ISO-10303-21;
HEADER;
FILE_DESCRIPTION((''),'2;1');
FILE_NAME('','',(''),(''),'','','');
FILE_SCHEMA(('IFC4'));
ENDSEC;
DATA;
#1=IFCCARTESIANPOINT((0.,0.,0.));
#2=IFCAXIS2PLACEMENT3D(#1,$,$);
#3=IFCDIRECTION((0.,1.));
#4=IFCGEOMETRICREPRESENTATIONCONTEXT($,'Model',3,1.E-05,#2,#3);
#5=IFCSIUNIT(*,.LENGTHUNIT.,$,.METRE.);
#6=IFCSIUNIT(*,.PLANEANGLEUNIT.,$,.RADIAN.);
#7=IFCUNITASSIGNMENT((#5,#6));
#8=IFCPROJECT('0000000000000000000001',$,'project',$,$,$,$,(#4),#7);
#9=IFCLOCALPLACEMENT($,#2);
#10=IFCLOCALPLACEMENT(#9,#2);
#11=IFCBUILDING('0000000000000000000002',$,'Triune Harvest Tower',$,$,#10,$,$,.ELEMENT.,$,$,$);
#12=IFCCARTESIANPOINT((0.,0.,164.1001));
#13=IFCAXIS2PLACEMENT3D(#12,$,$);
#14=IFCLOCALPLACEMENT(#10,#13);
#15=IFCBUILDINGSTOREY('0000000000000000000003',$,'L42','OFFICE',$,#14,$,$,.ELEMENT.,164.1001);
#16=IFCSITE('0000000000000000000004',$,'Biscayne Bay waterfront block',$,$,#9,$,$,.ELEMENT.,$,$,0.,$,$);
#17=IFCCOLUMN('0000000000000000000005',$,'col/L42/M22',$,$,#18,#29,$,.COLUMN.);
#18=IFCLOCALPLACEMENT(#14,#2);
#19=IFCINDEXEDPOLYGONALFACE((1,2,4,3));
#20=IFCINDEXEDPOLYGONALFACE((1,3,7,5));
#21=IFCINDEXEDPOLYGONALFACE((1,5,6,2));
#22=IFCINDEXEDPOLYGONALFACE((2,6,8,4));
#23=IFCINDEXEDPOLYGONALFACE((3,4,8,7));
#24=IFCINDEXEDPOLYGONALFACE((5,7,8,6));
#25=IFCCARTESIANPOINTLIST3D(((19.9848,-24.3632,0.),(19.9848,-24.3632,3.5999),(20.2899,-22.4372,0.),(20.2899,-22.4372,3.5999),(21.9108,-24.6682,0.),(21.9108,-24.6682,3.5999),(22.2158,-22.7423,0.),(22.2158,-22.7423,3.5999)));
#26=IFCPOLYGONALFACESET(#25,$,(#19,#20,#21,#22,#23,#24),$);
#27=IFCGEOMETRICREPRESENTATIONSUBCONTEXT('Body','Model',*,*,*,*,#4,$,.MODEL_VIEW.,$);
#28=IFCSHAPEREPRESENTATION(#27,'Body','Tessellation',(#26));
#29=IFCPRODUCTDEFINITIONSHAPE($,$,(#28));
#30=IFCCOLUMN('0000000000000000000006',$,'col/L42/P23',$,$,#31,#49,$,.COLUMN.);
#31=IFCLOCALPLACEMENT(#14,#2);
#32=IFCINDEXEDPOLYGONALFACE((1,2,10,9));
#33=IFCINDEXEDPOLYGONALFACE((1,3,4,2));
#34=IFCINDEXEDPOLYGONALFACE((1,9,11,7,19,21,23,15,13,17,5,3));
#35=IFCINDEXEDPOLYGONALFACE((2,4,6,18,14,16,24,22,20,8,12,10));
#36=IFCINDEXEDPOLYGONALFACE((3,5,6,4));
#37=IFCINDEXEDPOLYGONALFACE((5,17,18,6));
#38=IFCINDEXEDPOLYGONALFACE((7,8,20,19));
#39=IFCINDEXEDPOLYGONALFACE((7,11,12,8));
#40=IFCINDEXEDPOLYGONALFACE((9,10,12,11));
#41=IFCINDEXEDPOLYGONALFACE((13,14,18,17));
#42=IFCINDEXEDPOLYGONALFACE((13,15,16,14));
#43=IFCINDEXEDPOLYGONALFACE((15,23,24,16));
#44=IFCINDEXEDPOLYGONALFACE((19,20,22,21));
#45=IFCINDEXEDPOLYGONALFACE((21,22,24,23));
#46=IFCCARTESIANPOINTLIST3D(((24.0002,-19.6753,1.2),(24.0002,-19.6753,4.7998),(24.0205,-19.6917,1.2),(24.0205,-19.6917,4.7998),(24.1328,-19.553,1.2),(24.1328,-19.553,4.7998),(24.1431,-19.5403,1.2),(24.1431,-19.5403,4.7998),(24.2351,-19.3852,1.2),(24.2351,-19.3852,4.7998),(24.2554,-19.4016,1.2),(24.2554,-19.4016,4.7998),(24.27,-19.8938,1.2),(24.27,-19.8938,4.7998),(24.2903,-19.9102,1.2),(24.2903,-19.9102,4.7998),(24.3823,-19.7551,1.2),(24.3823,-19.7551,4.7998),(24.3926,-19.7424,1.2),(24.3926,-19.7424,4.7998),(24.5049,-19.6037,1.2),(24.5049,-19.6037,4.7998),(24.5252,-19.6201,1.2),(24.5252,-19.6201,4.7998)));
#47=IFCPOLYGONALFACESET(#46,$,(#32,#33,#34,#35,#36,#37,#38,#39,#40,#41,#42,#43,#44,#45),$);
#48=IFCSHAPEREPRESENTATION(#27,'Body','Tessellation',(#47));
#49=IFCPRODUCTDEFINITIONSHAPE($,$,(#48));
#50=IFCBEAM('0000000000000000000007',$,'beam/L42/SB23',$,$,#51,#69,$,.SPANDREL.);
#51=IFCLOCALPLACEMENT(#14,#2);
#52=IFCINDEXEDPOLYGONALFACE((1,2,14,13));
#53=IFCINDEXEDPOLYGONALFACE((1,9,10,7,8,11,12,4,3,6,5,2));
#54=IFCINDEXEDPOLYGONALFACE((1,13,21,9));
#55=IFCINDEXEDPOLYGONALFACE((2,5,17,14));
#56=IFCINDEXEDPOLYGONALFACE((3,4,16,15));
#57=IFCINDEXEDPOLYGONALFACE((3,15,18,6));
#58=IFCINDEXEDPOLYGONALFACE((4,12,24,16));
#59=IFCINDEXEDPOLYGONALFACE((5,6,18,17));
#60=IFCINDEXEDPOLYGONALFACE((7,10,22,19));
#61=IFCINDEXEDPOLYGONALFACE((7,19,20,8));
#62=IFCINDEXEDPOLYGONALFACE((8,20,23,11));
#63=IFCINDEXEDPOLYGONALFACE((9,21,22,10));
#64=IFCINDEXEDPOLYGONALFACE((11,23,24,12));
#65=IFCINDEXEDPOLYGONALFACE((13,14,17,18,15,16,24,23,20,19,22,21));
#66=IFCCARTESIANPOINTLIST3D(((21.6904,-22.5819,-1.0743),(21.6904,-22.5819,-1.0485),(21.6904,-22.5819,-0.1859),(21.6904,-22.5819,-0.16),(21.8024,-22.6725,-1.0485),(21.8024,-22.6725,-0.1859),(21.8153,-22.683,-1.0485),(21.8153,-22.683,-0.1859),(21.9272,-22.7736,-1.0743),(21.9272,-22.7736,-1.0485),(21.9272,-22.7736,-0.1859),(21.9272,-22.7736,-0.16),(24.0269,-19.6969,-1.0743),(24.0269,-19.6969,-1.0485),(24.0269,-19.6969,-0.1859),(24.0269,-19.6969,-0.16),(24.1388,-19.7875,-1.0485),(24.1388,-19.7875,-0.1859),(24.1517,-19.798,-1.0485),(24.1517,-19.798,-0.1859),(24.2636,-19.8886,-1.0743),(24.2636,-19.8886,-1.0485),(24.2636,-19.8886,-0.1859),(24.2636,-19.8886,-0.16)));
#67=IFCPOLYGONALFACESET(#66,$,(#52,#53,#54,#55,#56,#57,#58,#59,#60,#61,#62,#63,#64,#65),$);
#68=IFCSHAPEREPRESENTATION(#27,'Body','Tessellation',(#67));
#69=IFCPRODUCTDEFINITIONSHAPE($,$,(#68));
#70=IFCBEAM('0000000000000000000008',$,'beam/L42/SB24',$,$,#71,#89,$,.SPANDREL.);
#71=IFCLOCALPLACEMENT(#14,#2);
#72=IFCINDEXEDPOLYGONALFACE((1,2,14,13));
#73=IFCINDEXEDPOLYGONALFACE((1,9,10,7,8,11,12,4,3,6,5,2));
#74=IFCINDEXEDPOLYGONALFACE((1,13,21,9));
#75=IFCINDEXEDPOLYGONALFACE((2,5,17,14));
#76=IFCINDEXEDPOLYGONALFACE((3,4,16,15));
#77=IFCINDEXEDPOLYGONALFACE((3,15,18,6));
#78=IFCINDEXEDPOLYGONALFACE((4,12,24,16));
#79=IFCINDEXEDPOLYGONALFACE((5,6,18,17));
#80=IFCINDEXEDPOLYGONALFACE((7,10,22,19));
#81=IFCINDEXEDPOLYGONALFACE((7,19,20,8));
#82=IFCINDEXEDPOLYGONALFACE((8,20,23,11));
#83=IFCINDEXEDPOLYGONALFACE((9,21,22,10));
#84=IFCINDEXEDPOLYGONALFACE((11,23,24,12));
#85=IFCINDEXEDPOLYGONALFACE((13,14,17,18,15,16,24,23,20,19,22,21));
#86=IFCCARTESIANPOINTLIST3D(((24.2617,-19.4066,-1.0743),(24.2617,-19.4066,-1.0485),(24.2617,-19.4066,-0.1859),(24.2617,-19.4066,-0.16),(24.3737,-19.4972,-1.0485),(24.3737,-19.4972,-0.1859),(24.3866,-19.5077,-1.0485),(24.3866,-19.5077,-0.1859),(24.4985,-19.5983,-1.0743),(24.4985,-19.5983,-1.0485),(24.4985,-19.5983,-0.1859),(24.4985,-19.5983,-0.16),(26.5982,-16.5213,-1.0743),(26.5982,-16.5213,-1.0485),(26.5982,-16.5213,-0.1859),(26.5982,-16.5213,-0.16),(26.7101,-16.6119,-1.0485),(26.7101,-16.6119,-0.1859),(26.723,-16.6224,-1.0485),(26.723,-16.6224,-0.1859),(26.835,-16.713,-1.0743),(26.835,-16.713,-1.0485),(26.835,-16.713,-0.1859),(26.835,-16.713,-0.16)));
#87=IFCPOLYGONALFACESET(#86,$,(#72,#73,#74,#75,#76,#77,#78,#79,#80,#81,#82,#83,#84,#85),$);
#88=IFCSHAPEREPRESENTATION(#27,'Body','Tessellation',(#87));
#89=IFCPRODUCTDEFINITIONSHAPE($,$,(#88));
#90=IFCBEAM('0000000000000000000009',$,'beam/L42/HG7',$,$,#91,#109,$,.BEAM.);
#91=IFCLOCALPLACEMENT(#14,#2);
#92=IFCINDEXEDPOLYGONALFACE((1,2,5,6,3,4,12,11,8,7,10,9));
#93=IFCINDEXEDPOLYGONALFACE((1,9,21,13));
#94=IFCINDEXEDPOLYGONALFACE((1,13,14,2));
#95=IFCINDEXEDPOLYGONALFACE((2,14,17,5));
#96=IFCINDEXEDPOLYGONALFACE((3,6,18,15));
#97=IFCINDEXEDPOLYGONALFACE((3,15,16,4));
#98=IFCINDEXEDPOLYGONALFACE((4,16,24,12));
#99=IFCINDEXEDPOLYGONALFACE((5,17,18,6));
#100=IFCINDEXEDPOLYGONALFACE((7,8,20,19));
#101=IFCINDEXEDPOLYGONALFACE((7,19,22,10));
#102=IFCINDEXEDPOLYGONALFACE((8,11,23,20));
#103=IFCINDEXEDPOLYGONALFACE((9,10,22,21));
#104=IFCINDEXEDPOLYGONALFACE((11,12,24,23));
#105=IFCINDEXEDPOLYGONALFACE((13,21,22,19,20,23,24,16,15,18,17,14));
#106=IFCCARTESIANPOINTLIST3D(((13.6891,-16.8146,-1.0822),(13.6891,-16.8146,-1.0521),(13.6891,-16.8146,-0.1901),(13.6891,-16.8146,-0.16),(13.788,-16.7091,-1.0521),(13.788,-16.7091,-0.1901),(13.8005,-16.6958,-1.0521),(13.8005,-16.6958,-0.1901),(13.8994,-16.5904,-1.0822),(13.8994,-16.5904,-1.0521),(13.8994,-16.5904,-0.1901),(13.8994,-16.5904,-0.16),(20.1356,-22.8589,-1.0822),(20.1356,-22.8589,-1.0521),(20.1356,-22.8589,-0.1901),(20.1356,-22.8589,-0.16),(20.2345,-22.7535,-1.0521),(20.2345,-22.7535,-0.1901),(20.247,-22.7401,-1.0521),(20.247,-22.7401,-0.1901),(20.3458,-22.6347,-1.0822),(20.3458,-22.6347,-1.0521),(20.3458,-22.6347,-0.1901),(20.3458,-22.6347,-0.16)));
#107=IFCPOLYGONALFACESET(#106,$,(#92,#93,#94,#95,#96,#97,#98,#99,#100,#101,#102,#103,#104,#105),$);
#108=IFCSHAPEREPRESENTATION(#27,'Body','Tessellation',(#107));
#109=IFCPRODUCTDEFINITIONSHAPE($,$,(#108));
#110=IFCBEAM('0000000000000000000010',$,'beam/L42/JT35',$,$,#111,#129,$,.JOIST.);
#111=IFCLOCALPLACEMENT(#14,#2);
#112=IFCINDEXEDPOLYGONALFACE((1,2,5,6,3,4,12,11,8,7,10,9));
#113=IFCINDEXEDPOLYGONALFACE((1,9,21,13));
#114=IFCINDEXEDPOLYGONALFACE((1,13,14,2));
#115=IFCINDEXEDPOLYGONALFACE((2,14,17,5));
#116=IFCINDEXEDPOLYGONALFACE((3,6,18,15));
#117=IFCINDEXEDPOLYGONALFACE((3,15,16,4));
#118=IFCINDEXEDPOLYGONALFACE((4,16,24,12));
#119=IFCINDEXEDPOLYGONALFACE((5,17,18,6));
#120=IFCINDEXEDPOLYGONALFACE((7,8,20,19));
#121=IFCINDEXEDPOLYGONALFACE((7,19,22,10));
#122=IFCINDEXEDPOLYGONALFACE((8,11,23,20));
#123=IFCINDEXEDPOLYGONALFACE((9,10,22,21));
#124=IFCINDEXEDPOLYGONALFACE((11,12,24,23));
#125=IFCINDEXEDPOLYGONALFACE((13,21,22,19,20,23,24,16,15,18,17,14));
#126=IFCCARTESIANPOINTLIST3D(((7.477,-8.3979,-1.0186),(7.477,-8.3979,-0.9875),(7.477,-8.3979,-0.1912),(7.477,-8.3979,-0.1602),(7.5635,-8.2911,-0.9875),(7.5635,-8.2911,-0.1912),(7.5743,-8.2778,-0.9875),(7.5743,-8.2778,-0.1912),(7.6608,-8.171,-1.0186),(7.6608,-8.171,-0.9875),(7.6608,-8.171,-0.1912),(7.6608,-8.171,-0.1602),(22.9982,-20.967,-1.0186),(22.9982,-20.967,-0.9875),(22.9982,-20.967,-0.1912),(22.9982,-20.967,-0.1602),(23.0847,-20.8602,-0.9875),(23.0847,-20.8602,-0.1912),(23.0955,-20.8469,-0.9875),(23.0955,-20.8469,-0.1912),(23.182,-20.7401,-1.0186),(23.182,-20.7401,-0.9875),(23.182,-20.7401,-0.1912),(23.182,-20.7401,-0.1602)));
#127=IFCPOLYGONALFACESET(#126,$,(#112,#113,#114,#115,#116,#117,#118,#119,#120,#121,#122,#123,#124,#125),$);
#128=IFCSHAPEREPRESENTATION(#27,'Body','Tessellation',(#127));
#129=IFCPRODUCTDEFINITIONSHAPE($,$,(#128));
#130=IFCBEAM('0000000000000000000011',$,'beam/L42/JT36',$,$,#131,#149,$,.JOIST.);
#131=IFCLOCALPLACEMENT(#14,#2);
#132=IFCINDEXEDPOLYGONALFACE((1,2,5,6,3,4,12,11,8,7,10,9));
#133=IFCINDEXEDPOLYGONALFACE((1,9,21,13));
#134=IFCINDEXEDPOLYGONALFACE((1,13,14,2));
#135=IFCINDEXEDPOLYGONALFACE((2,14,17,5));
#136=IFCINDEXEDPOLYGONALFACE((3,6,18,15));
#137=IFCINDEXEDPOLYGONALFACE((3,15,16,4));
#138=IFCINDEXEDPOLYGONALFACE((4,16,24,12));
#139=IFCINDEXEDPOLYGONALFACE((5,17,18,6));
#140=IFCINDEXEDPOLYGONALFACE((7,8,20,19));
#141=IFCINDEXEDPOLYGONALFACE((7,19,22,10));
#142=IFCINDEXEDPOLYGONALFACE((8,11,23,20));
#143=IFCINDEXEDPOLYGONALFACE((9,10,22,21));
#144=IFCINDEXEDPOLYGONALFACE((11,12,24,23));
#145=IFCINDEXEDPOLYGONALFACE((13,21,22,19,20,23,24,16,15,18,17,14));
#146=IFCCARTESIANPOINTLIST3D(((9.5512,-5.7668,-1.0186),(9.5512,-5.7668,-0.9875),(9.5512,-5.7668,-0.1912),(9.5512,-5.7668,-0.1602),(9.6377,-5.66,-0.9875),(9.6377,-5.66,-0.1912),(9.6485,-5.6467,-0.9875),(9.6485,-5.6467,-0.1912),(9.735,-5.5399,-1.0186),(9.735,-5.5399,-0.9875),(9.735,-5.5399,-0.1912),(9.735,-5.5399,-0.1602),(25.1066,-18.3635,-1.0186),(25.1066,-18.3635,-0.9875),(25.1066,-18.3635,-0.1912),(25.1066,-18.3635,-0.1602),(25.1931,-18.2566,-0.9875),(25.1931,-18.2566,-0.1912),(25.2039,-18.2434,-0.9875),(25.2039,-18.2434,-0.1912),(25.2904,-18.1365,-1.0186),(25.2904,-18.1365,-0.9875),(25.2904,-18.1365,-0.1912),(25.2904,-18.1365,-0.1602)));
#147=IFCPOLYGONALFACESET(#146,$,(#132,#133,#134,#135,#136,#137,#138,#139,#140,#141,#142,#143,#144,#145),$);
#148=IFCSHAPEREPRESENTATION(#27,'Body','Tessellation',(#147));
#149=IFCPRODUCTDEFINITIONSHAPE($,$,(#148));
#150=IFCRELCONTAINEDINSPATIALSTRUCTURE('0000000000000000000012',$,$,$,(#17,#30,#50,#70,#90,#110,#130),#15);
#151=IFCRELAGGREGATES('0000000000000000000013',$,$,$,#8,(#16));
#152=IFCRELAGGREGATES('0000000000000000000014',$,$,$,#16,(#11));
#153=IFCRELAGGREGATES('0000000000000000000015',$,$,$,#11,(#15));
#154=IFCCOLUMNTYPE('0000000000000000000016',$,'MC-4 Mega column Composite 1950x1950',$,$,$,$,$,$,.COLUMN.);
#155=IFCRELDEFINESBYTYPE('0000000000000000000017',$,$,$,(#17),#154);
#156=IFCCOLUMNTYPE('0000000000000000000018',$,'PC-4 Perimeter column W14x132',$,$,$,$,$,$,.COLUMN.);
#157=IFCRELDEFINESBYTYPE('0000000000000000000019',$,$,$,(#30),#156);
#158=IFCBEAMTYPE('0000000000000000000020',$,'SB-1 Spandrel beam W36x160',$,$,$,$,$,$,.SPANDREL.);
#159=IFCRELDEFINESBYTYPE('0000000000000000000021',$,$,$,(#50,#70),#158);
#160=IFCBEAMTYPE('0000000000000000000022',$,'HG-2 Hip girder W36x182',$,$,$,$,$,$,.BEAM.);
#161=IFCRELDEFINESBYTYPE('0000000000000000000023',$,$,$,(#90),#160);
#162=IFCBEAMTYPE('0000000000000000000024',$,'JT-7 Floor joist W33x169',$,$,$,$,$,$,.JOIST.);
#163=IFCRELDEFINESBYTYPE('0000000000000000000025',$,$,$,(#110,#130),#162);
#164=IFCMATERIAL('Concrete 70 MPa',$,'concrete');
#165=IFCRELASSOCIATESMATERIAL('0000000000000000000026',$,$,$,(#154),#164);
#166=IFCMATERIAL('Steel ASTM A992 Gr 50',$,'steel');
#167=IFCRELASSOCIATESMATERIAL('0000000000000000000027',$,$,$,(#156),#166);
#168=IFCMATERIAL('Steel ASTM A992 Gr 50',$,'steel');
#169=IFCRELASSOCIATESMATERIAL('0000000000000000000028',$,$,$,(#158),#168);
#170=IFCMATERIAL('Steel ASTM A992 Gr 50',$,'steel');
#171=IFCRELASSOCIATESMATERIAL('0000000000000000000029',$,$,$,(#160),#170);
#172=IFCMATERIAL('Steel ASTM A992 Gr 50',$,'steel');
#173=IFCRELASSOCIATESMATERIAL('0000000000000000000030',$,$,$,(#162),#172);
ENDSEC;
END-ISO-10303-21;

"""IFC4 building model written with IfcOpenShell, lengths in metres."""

from ifc_helpers import new_model, si_unit, direction, frame, origin, origin_2d, place, context, subcontext, project, spatial, rectangle, i_section, extrude, source, transform, mapped, material, material_profile, profile_set, type_object, element, save


model = new_model("IFC4")

# Units and contexts
model_context = context("Model", 3, precision=1e-05, world=origin(), true_north=direction((0.0, 1.0)))
body_context = subcontext(model_context, "Body", "Model", "MODEL_VIEW")
ifc_project = project(units=[si_unit("LENGTHUNIT", "METRE"), si_unit("PLANEANGLEUNIT", "RADIAN")], contexts=[model_context])

# Site, building, storey
site_placement = place(None, origin())
site = spatial("IfcSite", under=ifc_project, at=site_placement, Name="Biscayne Bay waterfront block", CompositionType="ELEMENT", RefElevation=0.0)
building_placement = place(site_placement, origin())
building = spatial("IfcBuilding", under=site, at=building_placement, Name="Triune Harvest Tower", CompositionType="ELEMENT")
storey_placement = place(building_placement, frame((0.0, 0.0, 164.1001)))
storey = spatial("IfcBuildingStorey", under=building, at=storey_placement, Name="L42", Description="OFFICE", CompositionType="ELEMENT", Elevation=164.1001)

# Columns
ifc_material_1 = material(Name="Concrete 70 MPa", Category="concrete")
ifc_material_profile_1 = material_profile(ifc_material_1, rectangle(XDim=1.95, YDim=1.95, at=origin_2d()), Name="Composite 1950x1950")
ifc_profile_set_1 = profile_set([ifc_material_profile_1], Name="Concrete 70 MPa")
column_type_1 = type_object("IfcColumnType", Name="MC-4 Mega column Composite 1950x1950", PredefinedType="COLUMN", material=ifc_profile_set_1)
shared_shape_1 = source(origin(), body_context, "Body", "SweptSolid", [
    extrude(rectangle(XDim=1.95, YDim=1.95, at=origin_2d()), origin(), (0.0, 0.0, 1.0), 3.5999),
])
column_1_placement = place(storey_placement, frame((21.1003, -23.5527, 0.0), z_axis=(0.0, 0.0, 1.0), x_axis=(0.987688, -0.156434, 0.0)))
element("IfcColumn", 1, at=column_1_placement, inside=storey, type_object=column_type_1, Name="col/L42/M22", PredefinedType="COLUMN", context=body_context, shape_type="MappedRepresentation", body=[
    mapped(shared_shape_1, transform((0.0, 0.0, 0.0), scale=1.0)),
])
ifc_material_2 = material(Name="Steel ASTM A992 Gr 50", Category="steel")
ifc_material_profile_2 = material_profile(ifc_material_2, i_section(OverallWidth=0.3733, OverallDepth=0.3733, WebThickness=0.0164, FlangeThickness=0.0261, at=origin_2d()), Name="W14x132")
ifc_profile_set_2 = profile_set([ifc_material_profile_2], Name="Steel ASTM A992 Gr 50")
column_type_2 = type_object("IfcColumnType", Name="PC-4 Perimeter column W14x132", PredefinedType="COLUMN", material=ifc_profile_set_2)
shared_shape_2 = source(origin(), body_context, "Body", "SweptSolid", [
    extrude(i_section(OverallWidth=0.3733, OverallDepth=0.3733, WebThickness=0.0164, FlangeThickness=0.0261, at=origin_2d()), origin(), (0.0, 0.0, 1.0), 3.5999),
])
column_2_placement = place(storey_placement, frame((24.2627, -19.6477, 1.2), z_axis=(0.0, 0.0, 1.0), x_axis=(0.629322, 0.777145, 0.0)))
element("IfcColumn", 2, at=column_2_placement, inside=storey, type_object=column_type_2, Name="col/L42/P23", PredefinedType="COLUMN", context=body_context, shape_type="MappedRepresentation", body=[
    mapped(shared_shape_2, transform((0.0, 0.0, 0.0), scale=1.0)),
])

# Beams
ifc_material_3 = material(Name="Steel ASTM A992 Gr 50", Category="steel")
ifc_material_profile_3 = material_profile(ifc_material_3, i_section(OverallWidth=0.3047, OverallDepth=0.9143, WebThickness=0.0166, FlangeThickness=0.0259, at=origin_2d()), Name="W36x160")
ifc_profile_set_3 = profile_set([ifc_material_profile_3], Name="Steel ASTM A992 Gr 50")
beam_type_1 = type_object("IfcBeamType", Name="SB-1 Spandrel beam W36x160", PredefinedType="SPANDREL", material=ifc_profile_set_3)
shared_shape_3 = source(origin(), body_context, "Body", "SweptSolid", [
    extrude(i_section(OverallWidth=0.3047, OverallDepth=0.9143, WebThickness=0.0166, FlangeThickness=0.0259, at=origin_2d()), origin(), (0.0, 0.0, 1.0), 3.7124),
])
beam_1_placement = place(storey_placement, frame((21.8088, -22.6777, -0.6172), z_axis=(0.629351, 0.777121, 0.0), x_axis=(-0.777121, 0.629351, 0.0)))
element("IfcBeam", 3, at=beam_1_placement, inside=storey, type_object=beam_type_1, Name="beam/L42/SB23", PredefinedType="SPANDREL", context=body_context, shape_type="MappedRepresentation", body=[
    mapped(shared_shape_3, transform((0.0, 0.0, 0.0), scale=1.0)),
])
shared_shape_4 = source(origin(), body_context, "Body", "SweptSolid", [
    extrude(i_section(OverallWidth=0.3047, OverallDepth=0.9143, WebThickness=0.0166, FlangeThickness=0.0259, at=origin_2d()), origin(), (0.0, 0.0, 1.0), 3.7126),
])
beam_2_placement = place(storey_placement, frame((24.3801, -19.5024, -0.6172), z_axis=(0.629319, 0.777147, 0.0), x_axis=(-0.777147, 0.629319, 0.0)))
element("IfcBeam", 4, at=beam_2_placement, inside=storey, type_object=beam_type_1, Name="beam/L42/SB24", PredefinedType="SPANDREL", context=body_context, shape_type="MappedRepresentation", body=[
    mapped(shared_shape_4, transform((0.0, 0.0, 0.0), scale=1.0)),
])
ifc_material_4 = material(Name="Steel ASTM A992 Gr 50", Category="steel")
ifc_material_profile_4 = material_profile(ifc_material_4, i_section(OverallWidth=0.3074, OverallDepth=0.9221, WebThickness=0.0183, FlangeThickness=0.03, at=origin_2d()), Name="W36x182")
ifc_profile_set_4 = profile_set([ifc_material_profile_4], Name="Steel ASTM A992 Gr 50")
beam_type_2 = type_object("IfcBeamType", Name="HG-2 Hip girder W36x182", PredefinedType="BEAM", material=ifc_profile_set_4)
shared_shape_5 = source(origin(), body_context, "Body", "SweptSolid", [
    extrude(i_section(OverallWidth=0.3074, OverallDepth=0.9221, WebThickness=0.0183, FlangeThickness=0.03, at=origin_2d()), origin(), (0.0, 0.0, 1.0), 8.8369),
])
beam_3_placement = place(storey_placement, frame((20.2407, -22.7468, -0.6211), z_axis=(-0.729492, 0.68399, 0.0), x_axis=(-0.68399, -0.729492, 0.0)))
element("IfcBeam", 5, at=beam_3_placement, inside=storey, type_object=beam_type_2, Name="beam/L42/HG7", PredefinedType="BEAM", context=body_context, shape_type="MappedRepresentation", body=[
    mapped(shared_shape_5, transform((0.0, 0.0, 0.0), scale=1.0)),
])
ifc_material_5 = material(Name="Steel ASTM A992 Gr 50", Category="steel")
ifc_material_profile_5 = material_profile(ifc_material_5, i_section(OverallWidth=0.292, OverallDepth=0.8584, WebThickness=0.0171, FlangeThickness=0.031, at=origin_2d()), Name="W33x169")
ifc_profile_set_5 = profile_set([ifc_material_profile_5], Name="Steel ASTM A992 Gr 50")
beam_type_3 = type_object("IfcBeamType", Name="JT-7 Floor joist W33x169", PredefinedType="JOIST", material=ifc_profile_set_5)
shared_shape_6 = source(origin(), body_context, "Body", "SweptSolid", [
    extrude(i_section(OverallWidth=0.292, OverallDepth=0.8584, WebThickness=0.0171, FlangeThickness=0.031, at=origin_2d()), origin(), (0.0, 0.0, 1.0), 19.9722),
])
beam_4_placement = place(storey_placement, frame((23.0901, -20.8535, -0.5894), z_axis=(-0.77714, 0.629328, 0.0), x_axis=(-0.629328, -0.77714, 0.0)))
element("IfcBeam", 6, at=beam_4_placement, inside=storey, type_object=beam_type_3, Name="beam/L42/JT35", PredefinedType="JOIST", context=body_context, shape_type="MappedRepresentation", body=[
    mapped(shared_shape_6, transform((0.0, 0.0, 0.0), scale=1.0)),
])
shared_shape_7 = source(origin(), body_context, "Body", "SweptSolid", [
    extrude(i_section(OverallWidth=0.292, OverallDepth=0.8584, WebThickness=0.0171, FlangeThickness=0.031, at=origin_2d()), origin(), (0.0, 0.0, 1.0), 20.0161),
])
beam_5_placement = place(storey_placement, frame((25.1985, -18.25, -0.5894), z_axis=(-0.777142, 0.629325, 0.0), x_axis=(-0.629325, -0.777142, 0.0)))
element("IfcBeam", 7, at=beam_5_placement, inside=storey, type_object=beam_type_3, Name="beam/L42/JT36", PredefinedType="JOIST", context=body_context, shape_type="MappedRepresentation", body=[
    mapped(shared_shape_7, transform((0.0, 0.0, 0.0), scale=1.0)),
])

save(model, "model.ifc")
